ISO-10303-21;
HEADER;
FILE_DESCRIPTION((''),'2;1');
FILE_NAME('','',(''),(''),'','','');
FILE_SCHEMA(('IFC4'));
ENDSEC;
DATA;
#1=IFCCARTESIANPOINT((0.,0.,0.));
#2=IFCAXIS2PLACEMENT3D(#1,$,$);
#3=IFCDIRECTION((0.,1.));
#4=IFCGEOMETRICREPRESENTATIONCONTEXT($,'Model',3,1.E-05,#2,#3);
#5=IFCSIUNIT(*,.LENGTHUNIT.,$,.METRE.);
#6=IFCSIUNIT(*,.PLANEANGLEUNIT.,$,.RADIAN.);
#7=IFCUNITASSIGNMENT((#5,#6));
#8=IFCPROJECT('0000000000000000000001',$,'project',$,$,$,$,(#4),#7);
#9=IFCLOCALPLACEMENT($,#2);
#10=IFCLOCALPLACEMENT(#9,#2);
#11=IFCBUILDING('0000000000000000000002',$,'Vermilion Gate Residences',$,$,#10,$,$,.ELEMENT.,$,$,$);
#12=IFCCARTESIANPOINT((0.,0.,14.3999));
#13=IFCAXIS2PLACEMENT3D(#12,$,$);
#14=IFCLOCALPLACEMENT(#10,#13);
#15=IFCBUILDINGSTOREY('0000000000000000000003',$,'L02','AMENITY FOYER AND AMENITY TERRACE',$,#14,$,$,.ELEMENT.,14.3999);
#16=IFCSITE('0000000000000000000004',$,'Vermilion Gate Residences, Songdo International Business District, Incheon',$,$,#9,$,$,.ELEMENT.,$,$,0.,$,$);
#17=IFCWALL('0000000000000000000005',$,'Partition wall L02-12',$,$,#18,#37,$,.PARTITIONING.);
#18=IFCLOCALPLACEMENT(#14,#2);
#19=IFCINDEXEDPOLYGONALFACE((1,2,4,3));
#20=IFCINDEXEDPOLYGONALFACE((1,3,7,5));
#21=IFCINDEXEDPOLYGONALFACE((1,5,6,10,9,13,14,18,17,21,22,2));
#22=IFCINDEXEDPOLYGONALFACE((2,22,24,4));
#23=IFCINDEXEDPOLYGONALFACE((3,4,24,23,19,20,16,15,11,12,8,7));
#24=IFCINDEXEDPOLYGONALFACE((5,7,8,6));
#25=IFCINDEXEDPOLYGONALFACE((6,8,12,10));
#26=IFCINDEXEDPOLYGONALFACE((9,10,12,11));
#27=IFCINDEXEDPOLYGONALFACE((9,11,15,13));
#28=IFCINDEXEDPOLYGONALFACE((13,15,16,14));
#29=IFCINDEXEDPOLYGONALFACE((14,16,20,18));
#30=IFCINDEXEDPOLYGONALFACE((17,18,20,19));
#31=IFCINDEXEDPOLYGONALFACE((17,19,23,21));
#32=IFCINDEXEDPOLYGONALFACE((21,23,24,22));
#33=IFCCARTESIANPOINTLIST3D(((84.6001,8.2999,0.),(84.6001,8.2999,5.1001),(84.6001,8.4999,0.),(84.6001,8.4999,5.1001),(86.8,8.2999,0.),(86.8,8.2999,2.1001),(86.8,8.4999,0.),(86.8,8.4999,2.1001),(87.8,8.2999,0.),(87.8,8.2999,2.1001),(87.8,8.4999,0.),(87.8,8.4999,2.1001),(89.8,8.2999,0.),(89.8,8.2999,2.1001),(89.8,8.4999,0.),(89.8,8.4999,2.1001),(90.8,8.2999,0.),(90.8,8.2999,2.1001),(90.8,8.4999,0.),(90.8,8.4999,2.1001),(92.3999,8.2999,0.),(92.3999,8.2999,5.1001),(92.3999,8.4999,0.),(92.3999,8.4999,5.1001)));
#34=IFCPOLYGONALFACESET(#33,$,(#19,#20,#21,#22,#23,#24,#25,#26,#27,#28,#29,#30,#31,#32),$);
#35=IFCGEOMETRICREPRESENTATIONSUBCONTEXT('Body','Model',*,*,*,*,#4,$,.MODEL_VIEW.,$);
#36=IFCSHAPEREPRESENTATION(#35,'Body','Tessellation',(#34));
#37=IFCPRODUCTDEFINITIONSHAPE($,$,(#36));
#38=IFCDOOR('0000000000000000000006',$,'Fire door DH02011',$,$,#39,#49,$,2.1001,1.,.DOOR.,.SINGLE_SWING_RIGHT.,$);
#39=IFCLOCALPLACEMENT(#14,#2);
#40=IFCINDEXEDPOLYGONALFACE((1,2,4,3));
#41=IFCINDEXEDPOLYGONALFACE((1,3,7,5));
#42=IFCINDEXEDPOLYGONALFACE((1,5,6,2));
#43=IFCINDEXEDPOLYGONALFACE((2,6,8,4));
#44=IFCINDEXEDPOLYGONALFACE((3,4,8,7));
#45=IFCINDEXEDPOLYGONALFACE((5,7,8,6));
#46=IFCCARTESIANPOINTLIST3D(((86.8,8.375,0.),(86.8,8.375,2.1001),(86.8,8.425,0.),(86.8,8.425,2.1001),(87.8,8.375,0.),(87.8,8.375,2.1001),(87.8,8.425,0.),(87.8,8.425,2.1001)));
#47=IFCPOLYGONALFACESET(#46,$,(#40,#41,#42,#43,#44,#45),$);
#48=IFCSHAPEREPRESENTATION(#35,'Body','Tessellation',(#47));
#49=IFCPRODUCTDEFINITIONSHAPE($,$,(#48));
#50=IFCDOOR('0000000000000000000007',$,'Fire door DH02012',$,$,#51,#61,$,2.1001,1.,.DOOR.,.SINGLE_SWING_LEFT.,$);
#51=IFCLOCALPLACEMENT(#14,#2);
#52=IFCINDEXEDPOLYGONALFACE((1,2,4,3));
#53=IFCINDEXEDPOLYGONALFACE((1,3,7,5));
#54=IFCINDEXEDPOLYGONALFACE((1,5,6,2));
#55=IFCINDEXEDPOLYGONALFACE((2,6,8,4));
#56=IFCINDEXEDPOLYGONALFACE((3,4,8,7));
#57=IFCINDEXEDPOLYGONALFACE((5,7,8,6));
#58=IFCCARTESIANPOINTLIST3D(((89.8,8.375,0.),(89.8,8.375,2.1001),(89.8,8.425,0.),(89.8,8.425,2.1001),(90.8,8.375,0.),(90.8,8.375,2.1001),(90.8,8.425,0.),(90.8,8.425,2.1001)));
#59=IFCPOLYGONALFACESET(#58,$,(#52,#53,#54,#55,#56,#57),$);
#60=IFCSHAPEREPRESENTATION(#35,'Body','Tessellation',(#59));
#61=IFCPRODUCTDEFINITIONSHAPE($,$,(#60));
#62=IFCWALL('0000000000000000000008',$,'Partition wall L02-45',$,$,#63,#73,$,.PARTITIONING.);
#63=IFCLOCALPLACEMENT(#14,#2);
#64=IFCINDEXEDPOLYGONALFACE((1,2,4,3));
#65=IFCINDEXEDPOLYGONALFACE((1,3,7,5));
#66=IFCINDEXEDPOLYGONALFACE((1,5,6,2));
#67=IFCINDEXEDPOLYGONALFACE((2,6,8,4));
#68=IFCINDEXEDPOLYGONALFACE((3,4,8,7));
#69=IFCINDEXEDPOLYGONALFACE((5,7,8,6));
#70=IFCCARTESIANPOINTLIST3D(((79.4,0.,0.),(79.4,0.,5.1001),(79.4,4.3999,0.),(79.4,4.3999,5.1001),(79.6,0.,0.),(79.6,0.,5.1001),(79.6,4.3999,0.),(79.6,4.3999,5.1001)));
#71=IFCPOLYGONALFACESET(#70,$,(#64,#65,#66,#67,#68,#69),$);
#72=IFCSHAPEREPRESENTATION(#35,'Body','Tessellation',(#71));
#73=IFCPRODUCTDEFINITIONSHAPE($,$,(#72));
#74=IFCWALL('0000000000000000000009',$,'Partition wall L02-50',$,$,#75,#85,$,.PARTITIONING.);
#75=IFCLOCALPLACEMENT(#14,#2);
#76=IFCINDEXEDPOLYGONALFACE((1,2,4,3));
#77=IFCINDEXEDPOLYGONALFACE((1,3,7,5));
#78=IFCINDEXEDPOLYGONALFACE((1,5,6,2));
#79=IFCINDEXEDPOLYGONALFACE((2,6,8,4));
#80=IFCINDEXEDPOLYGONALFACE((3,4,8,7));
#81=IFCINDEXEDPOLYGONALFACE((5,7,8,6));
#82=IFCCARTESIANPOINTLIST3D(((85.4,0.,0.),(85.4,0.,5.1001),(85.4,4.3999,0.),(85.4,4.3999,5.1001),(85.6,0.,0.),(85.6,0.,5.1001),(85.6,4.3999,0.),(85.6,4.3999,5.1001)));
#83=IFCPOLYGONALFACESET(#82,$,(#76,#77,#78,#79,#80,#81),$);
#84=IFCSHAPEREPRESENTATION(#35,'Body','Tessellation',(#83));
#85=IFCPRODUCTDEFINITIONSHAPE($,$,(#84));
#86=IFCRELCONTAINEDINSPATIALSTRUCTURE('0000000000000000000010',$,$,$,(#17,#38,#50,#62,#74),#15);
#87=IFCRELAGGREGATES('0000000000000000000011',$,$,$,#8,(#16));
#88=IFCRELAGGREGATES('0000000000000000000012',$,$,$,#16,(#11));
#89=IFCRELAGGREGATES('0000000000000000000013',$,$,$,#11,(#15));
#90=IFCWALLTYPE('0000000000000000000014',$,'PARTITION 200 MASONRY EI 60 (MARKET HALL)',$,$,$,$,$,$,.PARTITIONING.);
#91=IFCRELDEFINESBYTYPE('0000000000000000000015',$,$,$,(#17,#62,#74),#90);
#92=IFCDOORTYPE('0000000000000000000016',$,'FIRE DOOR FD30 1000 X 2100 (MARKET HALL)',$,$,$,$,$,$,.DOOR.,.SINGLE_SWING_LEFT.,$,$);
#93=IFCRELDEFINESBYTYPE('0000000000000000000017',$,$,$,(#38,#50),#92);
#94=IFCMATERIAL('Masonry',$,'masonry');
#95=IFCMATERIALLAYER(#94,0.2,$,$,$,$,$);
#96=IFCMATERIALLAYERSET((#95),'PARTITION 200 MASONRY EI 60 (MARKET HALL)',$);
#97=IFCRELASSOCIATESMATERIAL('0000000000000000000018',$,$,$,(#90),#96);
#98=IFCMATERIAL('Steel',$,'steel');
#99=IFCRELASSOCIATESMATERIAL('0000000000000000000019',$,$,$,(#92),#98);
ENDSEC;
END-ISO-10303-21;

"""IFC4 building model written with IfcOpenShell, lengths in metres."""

from ifc_helpers import new_model, si_unit, direction, frame, frame_2d, origin, place, context, subcontext, project, spatial, rectangle, extrude, material, layer, layer_set, type_object, element, fill, save


model = new_model("IFC4")

# Units and contexts
model_context = context("Model", 3, precision=1e-05, world=origin(), true_north=direction((0.0, 1.0)))
body_context = subcontext(model_context, "Body", "Model", "MODEL_VIEW")
ifc_project = project(units=[si_unit("LENGTHUNIT", "METRE"), si_unit("PLANEANGLEUNIT", "RADIAN")], contexts=[model_context])

# Site, building, storey
site_placement = place(None, origin())
site = spatial("IfcSite", under=ifc_project, at=site_placement, Name="Vermilion Gate Residences, Songdo International Business District, Incheon", CompositionType="ELEMENT", RefElevation=0.0)
building_placement = place(site_placement, origin())
building = spatial("IfcBuilding", under=site, at=building_placement, Name="Vermilion Gate Residences", CompositionType="ELEMENT")
storey_placement = place(building_placement, frame((0.0, 0.0, 14.3999)))
storey = spatial("IfcBuildingStorey", under=building, at=storey_placement, Name="L02", Description="AMENITY FOYER AND AMENITY TERRACE", CompositionType="ELEMENT", Elevation=14.3999)

# Wall, openings, doors
ifc_material_1 = material(Name="Masonry", Category="masonry")
ifc_layer_1 = layer(ifc_material_1, 0.2)
ifc_layer_set_1 = layer_set([ifc_layer_1], Name="PARTITION 200 MASONRY EI 60 (MARKET HALL)")
wall_type_1 = type_object("IfcWallType", Name="PARTITION 200 MASONRY EI 60 (MARKET HALL)", PredefinedType="PARTITIONING", material=ifc_layer_set_1)
ifc_material_2 = material(Name="Steel", Category="steel")
door_type = type_object("IfcDoorType", Name="FIRE DOOR FD30 1000 X 2100 (MARKET HALL)", OperationType="SINGLE_SWING_LEFT", PredefinedType="DOOR", material=ifc_material_2)
wall_1_placement = place(storey_placement, frame((84.6001, 8.3999, 0.0), z_axis=(0.0, 0.0, 1.0), x_axis=(1.0, 0.0, 0.0)))
wall_1 = element("IfcWall", 1, at=wall_1_placement, inside=storey, type_object=wall_type_1, Name="Partition wall L02-12", PredefinedType="PARTITIONING", context=body_context, shape_type="SweptSolid", body=[
    extrude(rectangle(XDim=7.7998, YDim=0.2, at=frame_2d((3.8999, 0.0))), origin(), (0.0, 0.0, 1.0), 5.1001),
])
opening_1_placement = place(wall_1_placement, frame((2.2, 0.0, 0.0)))
opening_1 = element("IfcOpeningElement", 2, at=opening_1_placement, cuts=wall_1, PredefinedType="OPENING", context=body_context, shape_type="SweptSolid", body=[
    extrude(rectangle(XDim=1.0, YDim=2.1001, at=frame_2d((0.5, 1.05))), frame((0.0, 0.1099, 0.0), z_axis=(0.0, -1.0, 0.0), x_axis=(1.0, 0.0, 0.0)), (0.0, 0.0, 1.0), 0.22),
])
opening_2_placement = place(wall_1_placement, frame((5.2, 0.0, 0.0)))
opening_2 = element("IfcOpeningElement", 3, at=opening_2_placement, cuts=wall_1, PredefinedType="OPENING", context=body_context, shape_type="SweptSolid", body=[
    extrude(rectangle(XDim=1.0, YDim=2.1001, at=frame_2d((0.5, 1.05))), frame((0.0, 0.1099, 0.0), z_axis=(0.0, -1.0, 0.0), x_axis=(1.0, 0.0, 0.0)), (0.0, 0.0, 1.0), 0.22),
])
door_1_placement = place(opening_1_placement, frame((1.0, 0.0, 0.0), z_axis=(0.0, 0.0, 1.0), x_axis=(-1.0, 0.0, 0.0)))
door_1 = element("IfcDoor", 4, at=door_1_placement, inside=storey, type_object=door_type, Name="Fire door DH02011", OperationType="SINGLE_SWING_RIGHT", OverallHeight=2.1001, OverallWidth=1.0, PredefinedType="DOOR", context=body_context, shape_type="SweptSolid", body=[
    extrude(rectangle(XDim=1.0, YDim=2.1001, at=frame_2d((0.5, 1.05))), frame((0.0, 0.0249, 0.0), z_axis=(0.0, -1.0, 0.0), x_axis=(1.0, 0.0, 0.0)), (0.0, 0.0, 1.0), 0.05),
])
fill(opening_1, door_1)
door_2_placement = place(opening_2_placement, frame((1.0, 0.0, 0.0), z_axis=(0.0, 0.0, 1.0), x_axis=(-1.0, 0.0, 0.0)))
door_2 = element("IfcDoor", 5, at=door_2_placement, inside=storey, type_object=door_type, Name="Fire door DH02012", OperationType="SINGLE_SWING_LEFT", OverallHeight=2.1001, OverallWidth=1.0, PredefinedType="DOOR", context=body_context, shape_type="SweptSolid", body=[
    extrude(rectangle(XDim=1.0, YDim=2.1001, at=frame_2d((0.5, 1.05))), frame((0.0, 0.0249, 0.0), z_axis=(0.0, -1.0, 0.0), x_axis=(1.0, 0.0, 0.0)), (0.0, 0.0, 1.0), 0.05),
])
fill(opening_2, door_2)

# Walls
for number, where, z_axis, x_axis, name in (
    (6, (79.5, 0.0, 0.0), (0.0, 0.0, 1.0), (0.0, 1.0, 0.0), "Partition wall L02-45"),
    (7, (85.5, 0.0, 0.0), (0.0, 0.0, 1.0), (0.0, 1.0, 0.0), "Partition wall L02-50"),
):
    element("IfcWall", number, at=place(storey_placement, frame(where, z_axis=z_axis, x_axis=x_axis)), inside=storey, type_object=wall_type_1, Name=name, PredefinedType="PARTITIONING", context=body_context, shape_type="SweptSolid", body=[
        extrude(rectangle(XDim=4.3999, YDim=0.2, at=frame_2d((2.2, 0.0))), origin(), (0.0, 0.0, 1.0), 5.1001),
    ])

save(model, "model.ifc")
